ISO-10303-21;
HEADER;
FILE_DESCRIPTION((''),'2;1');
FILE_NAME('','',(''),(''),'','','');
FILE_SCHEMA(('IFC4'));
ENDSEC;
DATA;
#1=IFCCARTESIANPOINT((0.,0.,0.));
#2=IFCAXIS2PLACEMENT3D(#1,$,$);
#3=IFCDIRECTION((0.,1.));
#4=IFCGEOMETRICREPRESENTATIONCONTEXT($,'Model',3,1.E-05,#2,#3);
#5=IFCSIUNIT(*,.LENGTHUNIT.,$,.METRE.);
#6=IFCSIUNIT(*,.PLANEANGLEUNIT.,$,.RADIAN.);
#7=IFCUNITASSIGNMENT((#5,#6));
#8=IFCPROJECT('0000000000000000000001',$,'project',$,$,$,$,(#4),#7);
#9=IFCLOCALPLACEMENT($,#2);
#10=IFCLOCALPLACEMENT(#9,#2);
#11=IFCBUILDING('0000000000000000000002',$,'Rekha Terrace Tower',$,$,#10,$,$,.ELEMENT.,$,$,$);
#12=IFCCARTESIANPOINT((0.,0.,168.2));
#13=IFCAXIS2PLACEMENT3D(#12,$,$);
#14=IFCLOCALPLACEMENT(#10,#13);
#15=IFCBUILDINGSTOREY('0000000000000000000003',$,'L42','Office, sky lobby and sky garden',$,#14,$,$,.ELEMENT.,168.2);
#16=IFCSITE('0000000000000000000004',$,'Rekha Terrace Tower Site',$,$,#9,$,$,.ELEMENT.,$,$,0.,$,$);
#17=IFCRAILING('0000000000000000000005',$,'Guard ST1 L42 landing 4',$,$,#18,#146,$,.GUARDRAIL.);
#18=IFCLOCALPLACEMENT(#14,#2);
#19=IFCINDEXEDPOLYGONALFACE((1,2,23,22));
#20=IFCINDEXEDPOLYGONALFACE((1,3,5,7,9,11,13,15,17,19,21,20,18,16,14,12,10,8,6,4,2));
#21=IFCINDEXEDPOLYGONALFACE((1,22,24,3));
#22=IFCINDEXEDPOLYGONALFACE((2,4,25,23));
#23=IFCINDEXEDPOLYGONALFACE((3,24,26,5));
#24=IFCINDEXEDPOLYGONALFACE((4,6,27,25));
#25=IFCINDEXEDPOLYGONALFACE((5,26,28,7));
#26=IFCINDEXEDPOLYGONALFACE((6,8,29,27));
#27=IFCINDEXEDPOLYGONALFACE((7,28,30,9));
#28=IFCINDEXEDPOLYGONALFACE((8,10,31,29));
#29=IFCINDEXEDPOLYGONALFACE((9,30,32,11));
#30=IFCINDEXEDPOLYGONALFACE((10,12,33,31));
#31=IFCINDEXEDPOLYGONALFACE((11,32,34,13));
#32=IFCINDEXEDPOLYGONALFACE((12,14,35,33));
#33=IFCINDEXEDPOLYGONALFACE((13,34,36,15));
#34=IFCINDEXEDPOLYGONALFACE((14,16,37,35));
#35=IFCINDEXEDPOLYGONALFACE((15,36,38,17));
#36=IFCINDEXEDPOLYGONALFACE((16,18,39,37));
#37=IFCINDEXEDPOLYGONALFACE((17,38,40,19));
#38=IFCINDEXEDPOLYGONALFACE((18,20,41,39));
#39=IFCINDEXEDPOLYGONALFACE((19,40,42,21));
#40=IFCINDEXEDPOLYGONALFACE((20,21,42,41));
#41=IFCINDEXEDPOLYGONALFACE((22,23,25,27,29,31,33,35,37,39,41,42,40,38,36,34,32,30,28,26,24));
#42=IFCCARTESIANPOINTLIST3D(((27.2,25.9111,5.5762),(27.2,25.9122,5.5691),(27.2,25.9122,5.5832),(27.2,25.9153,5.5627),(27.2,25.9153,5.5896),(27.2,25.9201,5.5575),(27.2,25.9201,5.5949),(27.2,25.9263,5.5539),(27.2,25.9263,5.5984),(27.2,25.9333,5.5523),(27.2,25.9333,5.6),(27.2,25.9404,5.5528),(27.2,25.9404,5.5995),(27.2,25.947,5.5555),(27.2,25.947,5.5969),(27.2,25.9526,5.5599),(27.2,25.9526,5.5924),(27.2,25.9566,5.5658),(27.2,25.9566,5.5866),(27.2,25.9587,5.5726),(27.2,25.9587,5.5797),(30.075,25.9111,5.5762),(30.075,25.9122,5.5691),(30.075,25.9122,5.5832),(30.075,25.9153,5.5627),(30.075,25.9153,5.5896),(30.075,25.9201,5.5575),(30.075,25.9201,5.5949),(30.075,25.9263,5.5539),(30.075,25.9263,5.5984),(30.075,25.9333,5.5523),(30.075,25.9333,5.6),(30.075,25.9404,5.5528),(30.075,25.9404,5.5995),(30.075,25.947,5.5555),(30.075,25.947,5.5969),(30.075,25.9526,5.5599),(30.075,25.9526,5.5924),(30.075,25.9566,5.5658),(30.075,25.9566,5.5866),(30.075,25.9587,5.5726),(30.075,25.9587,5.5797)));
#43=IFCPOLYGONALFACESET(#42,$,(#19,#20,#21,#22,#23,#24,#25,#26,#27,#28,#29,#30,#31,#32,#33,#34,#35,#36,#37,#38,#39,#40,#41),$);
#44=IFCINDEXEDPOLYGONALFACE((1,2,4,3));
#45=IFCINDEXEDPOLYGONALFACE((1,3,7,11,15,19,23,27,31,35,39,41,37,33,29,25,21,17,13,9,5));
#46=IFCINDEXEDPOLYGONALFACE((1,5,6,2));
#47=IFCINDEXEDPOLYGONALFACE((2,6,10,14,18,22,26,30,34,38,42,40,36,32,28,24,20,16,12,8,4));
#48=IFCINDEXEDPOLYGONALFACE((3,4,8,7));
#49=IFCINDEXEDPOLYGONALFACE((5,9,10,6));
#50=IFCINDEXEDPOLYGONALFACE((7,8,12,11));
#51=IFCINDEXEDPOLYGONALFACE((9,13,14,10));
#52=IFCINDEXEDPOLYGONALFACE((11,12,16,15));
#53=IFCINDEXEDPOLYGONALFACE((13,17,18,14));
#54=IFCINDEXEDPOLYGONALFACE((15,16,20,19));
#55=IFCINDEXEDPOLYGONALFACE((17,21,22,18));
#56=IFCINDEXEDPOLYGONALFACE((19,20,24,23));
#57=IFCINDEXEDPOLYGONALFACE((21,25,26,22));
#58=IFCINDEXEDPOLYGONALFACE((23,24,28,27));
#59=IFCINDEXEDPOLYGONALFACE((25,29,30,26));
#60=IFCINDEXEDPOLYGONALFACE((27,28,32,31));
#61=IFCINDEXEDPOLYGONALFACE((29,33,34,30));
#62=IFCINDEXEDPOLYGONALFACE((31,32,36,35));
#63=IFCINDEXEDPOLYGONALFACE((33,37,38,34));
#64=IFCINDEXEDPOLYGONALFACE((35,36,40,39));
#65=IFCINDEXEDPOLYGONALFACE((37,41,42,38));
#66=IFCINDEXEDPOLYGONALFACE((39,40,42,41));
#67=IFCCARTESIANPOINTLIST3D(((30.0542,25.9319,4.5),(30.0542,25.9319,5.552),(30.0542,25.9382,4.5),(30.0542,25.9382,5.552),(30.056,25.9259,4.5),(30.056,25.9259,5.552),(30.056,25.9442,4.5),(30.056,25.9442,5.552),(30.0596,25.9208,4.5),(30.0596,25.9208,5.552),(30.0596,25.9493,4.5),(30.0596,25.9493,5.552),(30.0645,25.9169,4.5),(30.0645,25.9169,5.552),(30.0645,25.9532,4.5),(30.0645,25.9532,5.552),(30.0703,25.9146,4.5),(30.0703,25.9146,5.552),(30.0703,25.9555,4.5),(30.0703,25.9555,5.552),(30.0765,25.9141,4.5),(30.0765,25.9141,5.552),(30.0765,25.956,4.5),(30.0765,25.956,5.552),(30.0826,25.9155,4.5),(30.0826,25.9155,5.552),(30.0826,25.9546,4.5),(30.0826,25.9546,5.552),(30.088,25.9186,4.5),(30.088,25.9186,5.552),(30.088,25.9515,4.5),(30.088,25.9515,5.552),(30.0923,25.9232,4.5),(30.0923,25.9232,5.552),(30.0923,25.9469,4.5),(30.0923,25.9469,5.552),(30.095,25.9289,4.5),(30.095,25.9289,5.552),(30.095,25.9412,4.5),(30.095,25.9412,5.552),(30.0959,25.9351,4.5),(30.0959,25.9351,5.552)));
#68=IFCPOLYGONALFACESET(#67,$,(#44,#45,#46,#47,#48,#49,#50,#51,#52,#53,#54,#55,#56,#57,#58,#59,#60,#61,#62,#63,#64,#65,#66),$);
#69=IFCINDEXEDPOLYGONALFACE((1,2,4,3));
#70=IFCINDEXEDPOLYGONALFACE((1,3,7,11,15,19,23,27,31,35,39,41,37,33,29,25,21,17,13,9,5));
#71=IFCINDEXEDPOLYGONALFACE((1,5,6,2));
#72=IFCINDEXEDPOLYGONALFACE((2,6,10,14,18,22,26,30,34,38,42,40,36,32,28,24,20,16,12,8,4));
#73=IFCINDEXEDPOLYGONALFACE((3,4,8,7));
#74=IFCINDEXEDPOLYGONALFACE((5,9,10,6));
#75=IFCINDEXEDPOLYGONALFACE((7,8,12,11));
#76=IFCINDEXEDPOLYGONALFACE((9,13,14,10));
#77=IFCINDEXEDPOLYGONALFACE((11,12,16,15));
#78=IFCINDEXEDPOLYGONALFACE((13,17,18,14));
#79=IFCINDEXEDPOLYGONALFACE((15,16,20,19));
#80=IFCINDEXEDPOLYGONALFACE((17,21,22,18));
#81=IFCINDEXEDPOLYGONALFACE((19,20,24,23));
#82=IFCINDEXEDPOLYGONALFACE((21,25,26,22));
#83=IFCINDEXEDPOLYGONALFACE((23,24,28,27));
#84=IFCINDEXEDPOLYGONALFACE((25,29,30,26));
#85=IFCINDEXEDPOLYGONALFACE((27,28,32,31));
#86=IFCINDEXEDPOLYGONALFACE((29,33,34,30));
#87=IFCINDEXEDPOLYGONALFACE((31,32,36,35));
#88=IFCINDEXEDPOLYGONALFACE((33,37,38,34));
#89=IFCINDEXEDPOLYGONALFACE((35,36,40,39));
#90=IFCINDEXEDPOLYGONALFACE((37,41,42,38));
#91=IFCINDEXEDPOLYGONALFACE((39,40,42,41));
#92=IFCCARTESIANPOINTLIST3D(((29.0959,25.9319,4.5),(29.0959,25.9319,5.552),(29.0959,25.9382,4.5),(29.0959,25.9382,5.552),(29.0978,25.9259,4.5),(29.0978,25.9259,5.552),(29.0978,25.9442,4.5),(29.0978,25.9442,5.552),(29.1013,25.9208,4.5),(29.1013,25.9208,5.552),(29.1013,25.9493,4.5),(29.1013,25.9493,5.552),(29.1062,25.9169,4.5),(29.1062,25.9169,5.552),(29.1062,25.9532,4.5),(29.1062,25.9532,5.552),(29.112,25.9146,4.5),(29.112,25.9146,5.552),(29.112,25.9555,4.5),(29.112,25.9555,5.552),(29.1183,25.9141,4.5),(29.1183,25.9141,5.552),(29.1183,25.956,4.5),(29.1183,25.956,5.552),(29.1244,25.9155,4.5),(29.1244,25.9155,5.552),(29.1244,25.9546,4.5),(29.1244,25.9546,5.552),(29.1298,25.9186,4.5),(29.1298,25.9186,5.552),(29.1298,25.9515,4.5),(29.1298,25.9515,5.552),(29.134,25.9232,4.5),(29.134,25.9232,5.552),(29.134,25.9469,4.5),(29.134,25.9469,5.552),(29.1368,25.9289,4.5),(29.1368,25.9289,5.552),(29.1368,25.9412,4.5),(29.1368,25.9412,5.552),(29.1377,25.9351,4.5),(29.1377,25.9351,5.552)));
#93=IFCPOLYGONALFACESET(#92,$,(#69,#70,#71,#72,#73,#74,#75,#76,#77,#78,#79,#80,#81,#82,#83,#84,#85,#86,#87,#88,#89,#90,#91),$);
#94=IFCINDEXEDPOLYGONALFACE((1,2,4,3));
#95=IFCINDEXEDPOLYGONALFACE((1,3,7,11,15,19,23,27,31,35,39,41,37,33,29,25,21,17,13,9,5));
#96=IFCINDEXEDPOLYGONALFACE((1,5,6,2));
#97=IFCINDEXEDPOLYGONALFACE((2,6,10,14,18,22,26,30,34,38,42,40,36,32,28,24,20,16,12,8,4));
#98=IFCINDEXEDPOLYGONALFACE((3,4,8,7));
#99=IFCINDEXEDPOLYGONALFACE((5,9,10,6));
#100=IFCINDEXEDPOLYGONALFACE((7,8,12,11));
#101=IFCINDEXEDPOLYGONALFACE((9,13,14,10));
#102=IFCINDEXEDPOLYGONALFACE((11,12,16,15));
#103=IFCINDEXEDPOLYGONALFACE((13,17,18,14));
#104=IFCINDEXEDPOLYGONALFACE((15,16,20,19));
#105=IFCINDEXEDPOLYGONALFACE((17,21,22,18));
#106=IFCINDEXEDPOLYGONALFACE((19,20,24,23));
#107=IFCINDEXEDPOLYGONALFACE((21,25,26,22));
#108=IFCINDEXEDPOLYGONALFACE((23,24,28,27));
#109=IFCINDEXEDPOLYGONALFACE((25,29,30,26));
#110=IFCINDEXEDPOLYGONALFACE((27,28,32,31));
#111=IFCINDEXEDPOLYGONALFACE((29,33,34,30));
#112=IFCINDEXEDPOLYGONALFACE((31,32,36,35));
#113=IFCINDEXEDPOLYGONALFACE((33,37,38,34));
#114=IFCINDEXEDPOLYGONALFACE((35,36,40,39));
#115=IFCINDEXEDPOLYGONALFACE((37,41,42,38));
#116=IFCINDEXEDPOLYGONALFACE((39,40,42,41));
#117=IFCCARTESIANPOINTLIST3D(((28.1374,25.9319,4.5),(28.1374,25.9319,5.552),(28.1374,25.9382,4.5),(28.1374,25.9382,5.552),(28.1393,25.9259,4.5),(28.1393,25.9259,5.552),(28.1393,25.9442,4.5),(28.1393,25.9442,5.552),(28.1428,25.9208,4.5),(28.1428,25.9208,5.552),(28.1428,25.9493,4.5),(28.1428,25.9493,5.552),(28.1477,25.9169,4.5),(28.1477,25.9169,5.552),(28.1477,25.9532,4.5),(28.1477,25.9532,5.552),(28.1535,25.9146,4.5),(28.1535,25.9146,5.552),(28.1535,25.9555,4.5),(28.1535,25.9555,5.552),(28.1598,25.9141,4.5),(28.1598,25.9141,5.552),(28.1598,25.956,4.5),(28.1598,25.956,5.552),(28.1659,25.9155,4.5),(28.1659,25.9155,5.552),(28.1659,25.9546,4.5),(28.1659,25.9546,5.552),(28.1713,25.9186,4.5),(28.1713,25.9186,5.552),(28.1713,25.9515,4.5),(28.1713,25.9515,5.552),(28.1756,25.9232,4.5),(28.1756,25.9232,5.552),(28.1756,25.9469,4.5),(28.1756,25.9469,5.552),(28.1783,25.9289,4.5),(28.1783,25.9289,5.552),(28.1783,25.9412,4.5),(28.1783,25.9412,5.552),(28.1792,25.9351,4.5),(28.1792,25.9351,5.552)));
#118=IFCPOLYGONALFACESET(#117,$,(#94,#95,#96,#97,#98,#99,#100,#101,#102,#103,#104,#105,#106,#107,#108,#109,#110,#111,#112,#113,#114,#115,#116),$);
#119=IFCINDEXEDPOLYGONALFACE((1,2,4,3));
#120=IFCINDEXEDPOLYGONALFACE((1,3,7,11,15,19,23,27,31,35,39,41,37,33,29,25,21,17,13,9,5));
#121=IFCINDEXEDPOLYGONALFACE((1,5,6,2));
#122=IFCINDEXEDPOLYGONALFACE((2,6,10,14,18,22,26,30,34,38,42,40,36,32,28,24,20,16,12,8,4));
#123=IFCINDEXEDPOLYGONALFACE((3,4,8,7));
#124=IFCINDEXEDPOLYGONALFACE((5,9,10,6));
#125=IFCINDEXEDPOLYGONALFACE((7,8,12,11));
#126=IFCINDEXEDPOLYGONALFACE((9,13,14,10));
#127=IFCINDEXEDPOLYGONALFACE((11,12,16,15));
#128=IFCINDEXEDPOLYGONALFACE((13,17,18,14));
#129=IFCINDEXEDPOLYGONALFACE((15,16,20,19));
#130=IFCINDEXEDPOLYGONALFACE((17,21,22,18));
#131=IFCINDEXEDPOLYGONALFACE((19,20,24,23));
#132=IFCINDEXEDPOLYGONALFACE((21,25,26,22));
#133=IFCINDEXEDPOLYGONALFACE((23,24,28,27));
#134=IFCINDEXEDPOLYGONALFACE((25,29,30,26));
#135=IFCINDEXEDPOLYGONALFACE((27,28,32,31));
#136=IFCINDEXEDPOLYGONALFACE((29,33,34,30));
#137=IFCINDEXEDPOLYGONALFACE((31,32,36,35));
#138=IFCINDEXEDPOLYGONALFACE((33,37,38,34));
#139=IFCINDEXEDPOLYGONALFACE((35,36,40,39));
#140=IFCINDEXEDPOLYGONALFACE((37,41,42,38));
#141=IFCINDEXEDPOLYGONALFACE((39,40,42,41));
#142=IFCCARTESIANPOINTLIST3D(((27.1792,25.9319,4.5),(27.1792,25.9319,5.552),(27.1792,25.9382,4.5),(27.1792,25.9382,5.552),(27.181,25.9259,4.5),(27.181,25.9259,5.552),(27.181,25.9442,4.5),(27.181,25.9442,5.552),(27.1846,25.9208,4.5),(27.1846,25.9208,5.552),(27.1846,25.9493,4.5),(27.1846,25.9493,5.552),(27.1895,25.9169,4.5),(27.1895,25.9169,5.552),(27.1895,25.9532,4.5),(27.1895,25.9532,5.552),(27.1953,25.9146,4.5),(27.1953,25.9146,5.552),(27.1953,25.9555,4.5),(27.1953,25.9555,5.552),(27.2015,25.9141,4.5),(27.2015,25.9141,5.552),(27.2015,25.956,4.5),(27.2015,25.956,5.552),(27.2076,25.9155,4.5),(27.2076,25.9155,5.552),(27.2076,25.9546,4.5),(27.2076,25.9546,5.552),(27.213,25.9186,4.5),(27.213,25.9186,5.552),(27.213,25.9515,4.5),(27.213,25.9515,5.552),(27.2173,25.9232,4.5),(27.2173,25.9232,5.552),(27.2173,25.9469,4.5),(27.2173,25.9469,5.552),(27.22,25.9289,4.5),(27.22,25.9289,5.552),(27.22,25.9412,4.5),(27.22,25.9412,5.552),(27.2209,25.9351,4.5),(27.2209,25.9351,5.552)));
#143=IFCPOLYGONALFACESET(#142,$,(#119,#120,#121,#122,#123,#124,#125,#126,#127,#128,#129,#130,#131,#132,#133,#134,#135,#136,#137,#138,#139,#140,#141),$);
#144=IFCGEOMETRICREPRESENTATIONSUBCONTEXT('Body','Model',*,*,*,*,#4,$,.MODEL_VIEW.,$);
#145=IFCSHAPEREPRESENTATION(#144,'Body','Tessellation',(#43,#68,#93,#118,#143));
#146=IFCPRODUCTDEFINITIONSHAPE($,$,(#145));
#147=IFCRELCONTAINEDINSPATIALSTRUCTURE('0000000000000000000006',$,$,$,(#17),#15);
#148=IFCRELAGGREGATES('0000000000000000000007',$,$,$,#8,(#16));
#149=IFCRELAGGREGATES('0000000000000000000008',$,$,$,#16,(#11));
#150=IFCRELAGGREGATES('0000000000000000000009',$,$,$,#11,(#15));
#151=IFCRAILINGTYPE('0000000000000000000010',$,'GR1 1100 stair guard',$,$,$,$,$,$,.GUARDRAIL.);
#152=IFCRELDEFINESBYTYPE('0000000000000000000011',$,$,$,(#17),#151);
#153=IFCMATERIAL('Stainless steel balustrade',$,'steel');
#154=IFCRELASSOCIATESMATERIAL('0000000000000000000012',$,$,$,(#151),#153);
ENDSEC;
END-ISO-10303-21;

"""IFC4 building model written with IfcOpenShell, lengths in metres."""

from ifc_helpers import new_model, si_unit, direction, frame, origin, origin_2d, place, context, subcontext, project, spatial, circle, extrude, material, type_object, element, save


model = new_model("IFC4")

# Units and contexts
model_context = context("Model", 3, precision=1e-05, world=origin(), true_north=direction((0.0, 1.0)))
body_context = subcontext(model_context, "Body", "Model", "MODEL_VIEW")
ifc_project = project(units=[si_unit("LENGTHUNIT", "METRE"), si_unit("PLANEANGLEUNIT", "RADIAN")], contexts=[model_context])

# Site, building, storey
site_placement = place(None, origin())
site = spatial("IfcSite", under=ifc_project, at=site_placement, Name="Rekha Terrace Tower Site", CompositionType="ELEMENT", RefElevation=0.0)
building_placement = place(site_placement, origin())
building = spatial("IfcBuilding", under=site, at=building_placement, Name="Rekha Terrace Tower", CompositionType="ELEMENT")
storey_placement = place(building_placement, frame((0.0, 0.0, 168.2)))
storey = spatial("IfcBuildingStorey", under=building, at=storey_placement, Name="L42", Description="Office, sky lobby and sky garden", CompositionType="ELEMENT", Elevation=168.2)

# Railing
ifc_material_1 = material(Name="Stainless steel balustrade", Category="steel")
railing_type_1 = type_object("IfcRailingType", Name="GR1 1100 stair guard", PredefinedType="GUARDRAIL", material=ifc_material_1)
railing_1_placement = place(storey_placement, frame((30.075, 25.9351, 4.5)))
element("IfcRailing", 1, at=railing_1_placement, inside=storey, type_object=railing_type_1, Name="Guard ST1 L42 landing 4", PredefinedType="GUARDRAIL", context=body_context, shape_type="SweptSolid", body=[
    extrude(circle(Radius=0.0239, at=origin_2d()), frame((0.0, 0.0, 1.0762), z_axis=(-1.0, 0.0, 0.0), x_axis=(0.0, -1.0, 0.0)), (0.0, 0.0, 1.0), 2.875),
    extrude(circle(Radius=0.021, at=origin_2d()), origin(), (0.0, 0.0, 1.0), 1.052),
    extrude(circle(Radius=0.021, at=origin_2d()), frame((-0.9583, 0.0, 0.0)), (0.0, 0.0, 1.0), 1.052),
    extrude(circle(Radius=0.021, at=origin_2d()), frame((-1.9167, 0.0, 0.0)), (0.0, 0.0, 1.0), 1.052),
    extrude(circle(Radius=0.021, at=origin_2d()), frame((-2.875, 0.0, 0.0)), (0.0, 0.0, 1.0), 1.052),
])

save(model, "model.ifc")
